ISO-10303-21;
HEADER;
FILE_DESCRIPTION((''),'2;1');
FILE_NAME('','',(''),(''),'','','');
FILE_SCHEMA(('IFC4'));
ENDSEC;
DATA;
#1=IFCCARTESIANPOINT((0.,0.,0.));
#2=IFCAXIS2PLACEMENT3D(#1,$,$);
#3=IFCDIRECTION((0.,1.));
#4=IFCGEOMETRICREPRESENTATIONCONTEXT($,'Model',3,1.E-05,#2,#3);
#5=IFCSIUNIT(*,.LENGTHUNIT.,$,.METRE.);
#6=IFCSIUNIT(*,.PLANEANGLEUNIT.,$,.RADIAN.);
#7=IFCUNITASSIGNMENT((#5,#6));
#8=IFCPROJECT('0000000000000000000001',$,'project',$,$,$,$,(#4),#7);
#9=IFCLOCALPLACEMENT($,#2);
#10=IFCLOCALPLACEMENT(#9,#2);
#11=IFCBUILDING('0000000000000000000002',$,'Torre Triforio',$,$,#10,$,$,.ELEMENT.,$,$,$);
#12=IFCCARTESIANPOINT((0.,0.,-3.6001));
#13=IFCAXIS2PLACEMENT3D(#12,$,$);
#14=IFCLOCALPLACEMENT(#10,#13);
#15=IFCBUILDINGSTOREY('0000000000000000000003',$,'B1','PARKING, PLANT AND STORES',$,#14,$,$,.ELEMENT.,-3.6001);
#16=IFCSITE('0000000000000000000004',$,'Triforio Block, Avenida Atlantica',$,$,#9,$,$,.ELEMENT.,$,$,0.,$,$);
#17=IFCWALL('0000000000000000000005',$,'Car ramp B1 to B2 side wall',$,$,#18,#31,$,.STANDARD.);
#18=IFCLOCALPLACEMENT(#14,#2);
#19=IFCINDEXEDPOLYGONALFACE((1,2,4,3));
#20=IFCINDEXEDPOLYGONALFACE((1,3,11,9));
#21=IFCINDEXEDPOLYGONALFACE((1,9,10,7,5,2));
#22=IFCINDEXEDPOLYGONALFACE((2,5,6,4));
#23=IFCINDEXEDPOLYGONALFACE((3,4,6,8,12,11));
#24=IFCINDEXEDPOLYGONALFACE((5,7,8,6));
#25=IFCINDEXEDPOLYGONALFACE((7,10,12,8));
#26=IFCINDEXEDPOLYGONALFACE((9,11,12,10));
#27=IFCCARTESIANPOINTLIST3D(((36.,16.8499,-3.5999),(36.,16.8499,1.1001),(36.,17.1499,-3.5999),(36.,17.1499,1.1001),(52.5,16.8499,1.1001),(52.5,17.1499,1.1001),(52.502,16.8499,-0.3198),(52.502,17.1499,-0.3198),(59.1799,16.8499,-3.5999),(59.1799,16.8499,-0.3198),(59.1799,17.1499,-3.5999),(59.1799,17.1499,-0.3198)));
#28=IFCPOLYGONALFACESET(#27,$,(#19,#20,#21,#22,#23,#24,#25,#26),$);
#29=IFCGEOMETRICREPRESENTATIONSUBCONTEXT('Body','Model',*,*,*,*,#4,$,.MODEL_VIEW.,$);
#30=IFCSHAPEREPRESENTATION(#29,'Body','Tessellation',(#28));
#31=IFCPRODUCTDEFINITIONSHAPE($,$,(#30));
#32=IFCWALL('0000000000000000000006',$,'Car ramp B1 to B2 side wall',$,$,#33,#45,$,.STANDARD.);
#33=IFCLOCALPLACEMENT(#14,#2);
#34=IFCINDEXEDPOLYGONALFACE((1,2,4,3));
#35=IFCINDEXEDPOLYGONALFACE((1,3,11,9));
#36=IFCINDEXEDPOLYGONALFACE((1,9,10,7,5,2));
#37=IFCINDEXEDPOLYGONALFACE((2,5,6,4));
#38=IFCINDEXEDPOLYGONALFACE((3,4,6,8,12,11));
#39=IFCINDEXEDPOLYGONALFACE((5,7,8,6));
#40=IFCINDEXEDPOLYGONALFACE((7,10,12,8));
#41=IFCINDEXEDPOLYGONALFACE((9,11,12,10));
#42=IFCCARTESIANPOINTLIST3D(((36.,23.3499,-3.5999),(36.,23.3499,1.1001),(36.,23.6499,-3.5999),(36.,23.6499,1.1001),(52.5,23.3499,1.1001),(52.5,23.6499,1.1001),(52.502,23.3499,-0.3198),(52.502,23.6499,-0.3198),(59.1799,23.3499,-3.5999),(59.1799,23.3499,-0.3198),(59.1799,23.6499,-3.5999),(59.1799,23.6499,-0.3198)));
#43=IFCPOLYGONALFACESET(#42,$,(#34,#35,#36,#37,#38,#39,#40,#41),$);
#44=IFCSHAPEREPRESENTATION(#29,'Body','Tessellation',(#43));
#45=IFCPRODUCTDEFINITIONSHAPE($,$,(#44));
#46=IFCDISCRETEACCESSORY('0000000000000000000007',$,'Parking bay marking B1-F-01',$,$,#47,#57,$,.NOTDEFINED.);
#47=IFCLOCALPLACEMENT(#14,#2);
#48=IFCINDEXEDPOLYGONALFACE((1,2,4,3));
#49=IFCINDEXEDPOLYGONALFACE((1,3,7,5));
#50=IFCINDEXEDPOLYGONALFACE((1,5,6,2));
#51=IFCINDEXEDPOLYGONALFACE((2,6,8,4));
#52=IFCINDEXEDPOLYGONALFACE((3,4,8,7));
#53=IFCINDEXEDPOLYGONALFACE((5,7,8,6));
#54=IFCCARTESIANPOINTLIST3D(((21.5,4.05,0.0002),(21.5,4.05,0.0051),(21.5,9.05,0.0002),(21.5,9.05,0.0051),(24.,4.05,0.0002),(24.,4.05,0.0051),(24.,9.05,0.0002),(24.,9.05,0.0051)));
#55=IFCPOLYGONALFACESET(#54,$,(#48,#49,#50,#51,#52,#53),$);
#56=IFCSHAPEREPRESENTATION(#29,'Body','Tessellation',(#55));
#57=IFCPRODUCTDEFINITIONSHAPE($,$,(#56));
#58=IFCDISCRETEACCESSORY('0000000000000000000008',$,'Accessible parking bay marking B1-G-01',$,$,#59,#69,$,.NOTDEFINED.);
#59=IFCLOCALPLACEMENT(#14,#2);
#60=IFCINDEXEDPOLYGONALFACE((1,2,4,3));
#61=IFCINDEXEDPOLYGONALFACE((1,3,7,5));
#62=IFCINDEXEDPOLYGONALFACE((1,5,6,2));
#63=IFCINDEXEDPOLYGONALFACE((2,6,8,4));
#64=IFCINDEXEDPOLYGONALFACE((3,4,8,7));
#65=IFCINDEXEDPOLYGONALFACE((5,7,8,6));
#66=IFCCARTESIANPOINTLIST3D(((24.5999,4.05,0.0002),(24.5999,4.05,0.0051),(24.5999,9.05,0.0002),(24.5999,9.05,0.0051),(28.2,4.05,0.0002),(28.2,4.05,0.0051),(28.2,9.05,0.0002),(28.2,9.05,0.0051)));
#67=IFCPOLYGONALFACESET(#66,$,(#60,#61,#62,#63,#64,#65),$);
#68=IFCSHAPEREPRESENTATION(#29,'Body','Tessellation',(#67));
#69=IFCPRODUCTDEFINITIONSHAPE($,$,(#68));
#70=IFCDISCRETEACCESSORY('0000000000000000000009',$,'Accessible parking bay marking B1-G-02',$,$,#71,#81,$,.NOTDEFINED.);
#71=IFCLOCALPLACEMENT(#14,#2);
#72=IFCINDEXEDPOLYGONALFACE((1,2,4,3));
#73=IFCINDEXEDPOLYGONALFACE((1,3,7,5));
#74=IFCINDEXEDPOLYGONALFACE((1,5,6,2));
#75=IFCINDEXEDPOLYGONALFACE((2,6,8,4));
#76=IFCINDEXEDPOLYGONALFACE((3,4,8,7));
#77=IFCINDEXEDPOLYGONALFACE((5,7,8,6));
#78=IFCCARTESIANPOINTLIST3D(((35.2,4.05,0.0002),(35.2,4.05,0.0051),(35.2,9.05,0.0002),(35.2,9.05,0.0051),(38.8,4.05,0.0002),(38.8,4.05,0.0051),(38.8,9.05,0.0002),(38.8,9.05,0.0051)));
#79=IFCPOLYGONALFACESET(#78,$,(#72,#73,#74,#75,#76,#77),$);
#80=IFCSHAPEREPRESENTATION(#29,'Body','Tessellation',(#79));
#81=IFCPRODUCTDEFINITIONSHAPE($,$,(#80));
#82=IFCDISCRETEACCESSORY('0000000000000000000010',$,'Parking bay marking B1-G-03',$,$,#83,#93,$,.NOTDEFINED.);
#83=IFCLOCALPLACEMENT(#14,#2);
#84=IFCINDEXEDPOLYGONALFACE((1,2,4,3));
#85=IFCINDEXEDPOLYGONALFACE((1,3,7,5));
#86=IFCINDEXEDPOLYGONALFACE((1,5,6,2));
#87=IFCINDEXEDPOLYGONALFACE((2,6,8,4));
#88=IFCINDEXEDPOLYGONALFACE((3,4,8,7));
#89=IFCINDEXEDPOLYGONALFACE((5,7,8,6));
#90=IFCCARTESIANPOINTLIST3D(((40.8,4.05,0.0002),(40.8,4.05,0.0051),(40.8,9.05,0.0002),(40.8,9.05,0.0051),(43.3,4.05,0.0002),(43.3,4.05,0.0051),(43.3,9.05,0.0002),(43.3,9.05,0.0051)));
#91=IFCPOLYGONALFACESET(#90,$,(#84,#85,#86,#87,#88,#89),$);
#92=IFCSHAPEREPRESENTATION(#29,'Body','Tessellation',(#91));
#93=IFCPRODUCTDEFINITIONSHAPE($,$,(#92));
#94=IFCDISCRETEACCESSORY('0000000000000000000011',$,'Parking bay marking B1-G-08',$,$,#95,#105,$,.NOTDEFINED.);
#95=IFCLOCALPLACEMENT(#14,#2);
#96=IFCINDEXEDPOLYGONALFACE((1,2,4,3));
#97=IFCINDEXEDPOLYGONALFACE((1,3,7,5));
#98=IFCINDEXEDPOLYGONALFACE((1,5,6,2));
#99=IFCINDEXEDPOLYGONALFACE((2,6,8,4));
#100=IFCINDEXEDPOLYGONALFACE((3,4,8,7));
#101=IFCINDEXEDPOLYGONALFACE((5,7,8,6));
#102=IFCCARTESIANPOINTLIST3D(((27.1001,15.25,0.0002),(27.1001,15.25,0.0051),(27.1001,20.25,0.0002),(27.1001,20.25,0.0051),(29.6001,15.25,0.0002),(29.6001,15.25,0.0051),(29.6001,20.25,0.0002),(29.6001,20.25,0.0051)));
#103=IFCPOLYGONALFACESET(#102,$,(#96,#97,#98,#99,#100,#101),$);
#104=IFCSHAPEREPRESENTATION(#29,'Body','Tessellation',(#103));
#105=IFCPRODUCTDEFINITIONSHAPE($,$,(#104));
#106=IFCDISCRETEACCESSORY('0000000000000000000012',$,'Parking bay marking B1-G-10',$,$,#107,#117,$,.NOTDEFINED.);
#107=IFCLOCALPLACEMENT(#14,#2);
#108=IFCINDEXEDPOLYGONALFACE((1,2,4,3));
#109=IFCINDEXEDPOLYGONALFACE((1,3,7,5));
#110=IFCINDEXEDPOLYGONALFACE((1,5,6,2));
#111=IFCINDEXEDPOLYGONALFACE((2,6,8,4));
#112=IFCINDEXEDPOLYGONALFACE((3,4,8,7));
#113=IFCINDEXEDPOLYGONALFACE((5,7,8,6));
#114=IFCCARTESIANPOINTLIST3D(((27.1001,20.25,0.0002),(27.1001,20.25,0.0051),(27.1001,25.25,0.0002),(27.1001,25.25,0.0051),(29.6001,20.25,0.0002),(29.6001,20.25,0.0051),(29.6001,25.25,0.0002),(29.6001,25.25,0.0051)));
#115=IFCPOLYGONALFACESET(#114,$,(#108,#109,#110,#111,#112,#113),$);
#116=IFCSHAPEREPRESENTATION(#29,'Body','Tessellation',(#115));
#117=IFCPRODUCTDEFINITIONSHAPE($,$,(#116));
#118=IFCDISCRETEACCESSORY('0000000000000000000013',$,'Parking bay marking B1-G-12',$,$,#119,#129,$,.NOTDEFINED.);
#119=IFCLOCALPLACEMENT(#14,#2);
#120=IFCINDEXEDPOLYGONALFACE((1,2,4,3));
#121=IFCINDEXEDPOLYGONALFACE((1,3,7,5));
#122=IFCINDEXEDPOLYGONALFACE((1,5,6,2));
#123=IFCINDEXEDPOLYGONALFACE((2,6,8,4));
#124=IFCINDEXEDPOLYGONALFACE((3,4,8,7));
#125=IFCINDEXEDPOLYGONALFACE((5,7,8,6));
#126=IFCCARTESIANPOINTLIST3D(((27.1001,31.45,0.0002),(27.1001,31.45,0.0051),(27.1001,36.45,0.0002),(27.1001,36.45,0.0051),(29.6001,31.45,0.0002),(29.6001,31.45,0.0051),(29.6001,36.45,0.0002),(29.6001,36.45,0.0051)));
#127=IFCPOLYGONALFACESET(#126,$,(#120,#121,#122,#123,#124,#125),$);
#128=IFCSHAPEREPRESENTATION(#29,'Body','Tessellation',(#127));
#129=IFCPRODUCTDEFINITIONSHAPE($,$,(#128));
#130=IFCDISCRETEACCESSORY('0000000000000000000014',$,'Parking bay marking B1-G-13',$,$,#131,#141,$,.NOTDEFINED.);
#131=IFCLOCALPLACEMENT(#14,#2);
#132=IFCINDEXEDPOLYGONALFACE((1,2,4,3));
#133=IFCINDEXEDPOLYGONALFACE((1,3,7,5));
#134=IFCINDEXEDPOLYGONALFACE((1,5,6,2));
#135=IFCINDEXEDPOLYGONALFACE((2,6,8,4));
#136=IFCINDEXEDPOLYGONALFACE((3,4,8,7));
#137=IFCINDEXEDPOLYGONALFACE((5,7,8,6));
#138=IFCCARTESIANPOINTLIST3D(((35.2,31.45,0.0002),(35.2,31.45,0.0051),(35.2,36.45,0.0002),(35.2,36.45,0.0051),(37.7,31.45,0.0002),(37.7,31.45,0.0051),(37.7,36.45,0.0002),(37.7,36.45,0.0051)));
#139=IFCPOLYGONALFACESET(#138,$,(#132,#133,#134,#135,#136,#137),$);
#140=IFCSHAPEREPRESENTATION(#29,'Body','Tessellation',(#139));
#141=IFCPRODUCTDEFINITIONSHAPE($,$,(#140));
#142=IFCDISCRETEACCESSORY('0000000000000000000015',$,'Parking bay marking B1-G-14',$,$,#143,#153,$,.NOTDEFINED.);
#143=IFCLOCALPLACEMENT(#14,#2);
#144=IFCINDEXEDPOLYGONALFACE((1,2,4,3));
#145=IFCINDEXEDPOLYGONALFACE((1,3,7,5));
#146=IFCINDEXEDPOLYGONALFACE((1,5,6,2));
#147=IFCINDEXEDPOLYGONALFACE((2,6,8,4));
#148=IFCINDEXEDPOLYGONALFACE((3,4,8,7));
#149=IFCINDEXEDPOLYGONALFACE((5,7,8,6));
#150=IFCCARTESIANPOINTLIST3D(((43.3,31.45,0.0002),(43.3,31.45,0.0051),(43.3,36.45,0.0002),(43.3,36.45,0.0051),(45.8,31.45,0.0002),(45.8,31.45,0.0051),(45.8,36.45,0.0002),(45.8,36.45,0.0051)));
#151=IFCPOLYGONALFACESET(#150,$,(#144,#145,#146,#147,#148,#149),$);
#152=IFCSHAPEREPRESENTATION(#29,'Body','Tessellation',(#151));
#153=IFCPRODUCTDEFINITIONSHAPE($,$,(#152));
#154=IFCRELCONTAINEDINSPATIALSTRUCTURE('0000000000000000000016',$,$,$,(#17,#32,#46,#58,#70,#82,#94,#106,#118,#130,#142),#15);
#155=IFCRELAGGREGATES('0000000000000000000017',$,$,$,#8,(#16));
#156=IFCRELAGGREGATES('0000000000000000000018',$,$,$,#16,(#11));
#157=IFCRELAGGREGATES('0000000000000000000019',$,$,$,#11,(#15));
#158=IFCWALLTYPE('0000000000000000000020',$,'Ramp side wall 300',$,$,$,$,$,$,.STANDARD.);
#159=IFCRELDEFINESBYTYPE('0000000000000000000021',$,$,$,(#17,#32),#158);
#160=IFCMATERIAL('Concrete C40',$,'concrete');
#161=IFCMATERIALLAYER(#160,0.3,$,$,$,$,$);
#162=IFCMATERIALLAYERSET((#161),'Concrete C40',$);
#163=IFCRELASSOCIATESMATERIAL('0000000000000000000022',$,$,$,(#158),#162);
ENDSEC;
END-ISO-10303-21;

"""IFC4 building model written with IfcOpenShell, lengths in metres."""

from ifc_helpers import new_model, si_unit, direction, frame, origin, origin_2d, place, context, subcontext, project, spatial, polyline, rectangle, outline, extrude, material, layer, layer_set, type_object, element, save


model = new_model("IFC4")

# Units and contexts
model_context = context("Model", 3, precision=1e-05, world=origin(), true_north=direction((0.0, 1.0)))
body_context = subcontext(model_context, "Body", "Model", "MODEL_VIEW")
ifc_project = project(units=[si_unit("LENGTHUNIT", "METRE"), si_unit("PLANEANGLEUNIT", "RADIAN")], contexts=[model_context])

# Site, building, storey
site_placement = place(None, origin())
site = spatial("IfcSite", under=ifc_project, at=site_placement, Name="Triforio Block, Avenida Atlantica", CompositionType="ELEMENT", RefElevation=0.0)
building_placement = place(site_placement, origin())
building = spatial("IfcBuilding", under=site, at=building_placement, Name="Torre Triforio", CompositionType="ELEMENT")
storey_placement = place(building_placement, frame((0.0, 0.0, -3.6001)))
storey = spatial("IfcBuildingStorey", under=building, at=storey_placement, Name="B1", Description="PARKING, PLANT AND STORES", CompositionType="ELEMENT", Elevation=-3.6001)

# Shared definitions
ifc_material_1 = material(Name="Concrete C40", Category="concrete")

# Walls
ifc_layer_1 = layer(ifc_material_1, 0.3)
ifc_layer_set_1 = layer_set([ifc_layer_1], Name="Concrete C40")
wall_type_1 = type_object("IfcWallType", Name="Ramp side wall 300", PredefinedType="STANDARD", material=ifc_layer_set_1)
for number, where, z_axis, x_axis, name in (
    (1, (36.0, 17.0, -3.5999), (0.0, 0.0, 1.0), (1.0, 0.0, 0.0), "Car ramp B1 to B2 side wall"),
    (2, (36.0, 23.5, -3.5999), (0.0, 0.0, 1.0), (1.0, 0.0, 0.0), "Car ramp B1 to B2 side wall"),
):
    element("IfcWall", number, at=place(storey_placement, frame(where, z_axis=z_axis, x_axis=x_axis)), inside=storey, type_object=wall_type_1, Name=name, PredefinedType="STANDARD", context=body_context, shape_type="SweptSolid", body=[
        extrude(outline(polyline([(0.0, 0.0), (23.1799, 0.0), (23.1799, 3.28), (16.502, 3.28), (16.5, 4.7), (0.0, 4.7), (0.0, 0.0)])), frame((0.0, 0.1499, 0.0), z_axis=(0.0, -1.0, 0.0), x_axis=(1.0, 0.0, 0.0)), (0.0, 0.0, 1.0), 0.3),
    ])

# Discrete accessories
discrete_accessory_placement = place(storey_placement, frame((22.75, 6.55, 0.0002), z_axis=(0.0, 0.0, 1.0), x_axis=(1.0, 0.0, 0.0)))
element("IfcDiscreteAccessory", 3, at=discrete_accessory_placement, inside=storey, Name="Parking bay marking B1-F-01", PredefinedType="NOTDEFINED", context=body_context, shape_type="SweptSolid", body=[
    extrude(rectangle(XDim=2.5, YDim=5.0, at=origin_2d()), origin(), (0.0, 0.0, 1.0), 0.0049),
])
for number, where, z_axis, x_axis, name in (
    (4, (26.3999, 6.55, 0.0002), (0.0, 0.0, 1.0), (1.0, 0.0, 0.0), "Accessible parking bay marking B1-G-01"),
    (5, (37.0, 6.55, 0.0002), (0.0, 0.0, 1.0), (1.0, 0.0, 0.0), "Accessible parking bay marking B1-G-02"),
):
    element("IfcDiscreteAccessory", number, at=place(storey_placement, frame(where, z_axis=z_axis, x_axis=x_axis)), inside=storey, Name=name, PredefinedType="NOTDEFINED", context=body_context, shape_type="SweptSolid", body=[
        extrude(rectangle(XDim=3.6001, YDim=5.0, at=origin_2d()), origin(), (0.0, 0.0, 1.0), 0.0049),
    ])
for number, where, z_axis, x_axis, name in (
    (6, (42.05, 6.55, 0.0002), (0.0, 0.0, 1.0), (1.0, 0.0, 0.0), "Parking bay marking B1-G-03"),
    (7, (28.3501, 17.75, 0.0002), (0.0, 0.0, 1.0), (1.0, 0.0, 0.0), "Parking bay marking B1-G-08"),
    (8, (28.3501, 22.75, 0.0002), (0.0, 0.0, 1.0), (1.0, 0.0, 0.0), "Parking bay marking B1-G-10"),
    (9, (28.3501, 33.95, 0.0002), (0.0, 0.0, 1.0), (1.0, 0.0, 0.0), "Parking bay marking B1-G-12"),
    (10, (36.45, 33.95, 0.0002), (0.0, 0.0, 1.0), (1.0, 0.0, 0.0), "Parking bay marking B1-G-13"),
    (11, (44.55, 33.95, 0.0002), (0.0, 0.0, 1.0), (1.0, 0.0, 0.0), "Parking bay marking B1-G-14"),
):
    element("IfcDiscreteAccessory", number, at=place(storey_placement, frame(where, z_axis=z_axis, x_axis=x_axis)), inside=storey, Name=name, PredefinedType="NOTDEFINED", context=body_context, shape_type="SweptSolid", body=[
        extrude(rectangle(XDim=2.5, YDim=5.0, at=origin_2d()), origin(), (0.0, 0.0, 1.0), 0.0049),
    ])

save(model, "model.ifc")
